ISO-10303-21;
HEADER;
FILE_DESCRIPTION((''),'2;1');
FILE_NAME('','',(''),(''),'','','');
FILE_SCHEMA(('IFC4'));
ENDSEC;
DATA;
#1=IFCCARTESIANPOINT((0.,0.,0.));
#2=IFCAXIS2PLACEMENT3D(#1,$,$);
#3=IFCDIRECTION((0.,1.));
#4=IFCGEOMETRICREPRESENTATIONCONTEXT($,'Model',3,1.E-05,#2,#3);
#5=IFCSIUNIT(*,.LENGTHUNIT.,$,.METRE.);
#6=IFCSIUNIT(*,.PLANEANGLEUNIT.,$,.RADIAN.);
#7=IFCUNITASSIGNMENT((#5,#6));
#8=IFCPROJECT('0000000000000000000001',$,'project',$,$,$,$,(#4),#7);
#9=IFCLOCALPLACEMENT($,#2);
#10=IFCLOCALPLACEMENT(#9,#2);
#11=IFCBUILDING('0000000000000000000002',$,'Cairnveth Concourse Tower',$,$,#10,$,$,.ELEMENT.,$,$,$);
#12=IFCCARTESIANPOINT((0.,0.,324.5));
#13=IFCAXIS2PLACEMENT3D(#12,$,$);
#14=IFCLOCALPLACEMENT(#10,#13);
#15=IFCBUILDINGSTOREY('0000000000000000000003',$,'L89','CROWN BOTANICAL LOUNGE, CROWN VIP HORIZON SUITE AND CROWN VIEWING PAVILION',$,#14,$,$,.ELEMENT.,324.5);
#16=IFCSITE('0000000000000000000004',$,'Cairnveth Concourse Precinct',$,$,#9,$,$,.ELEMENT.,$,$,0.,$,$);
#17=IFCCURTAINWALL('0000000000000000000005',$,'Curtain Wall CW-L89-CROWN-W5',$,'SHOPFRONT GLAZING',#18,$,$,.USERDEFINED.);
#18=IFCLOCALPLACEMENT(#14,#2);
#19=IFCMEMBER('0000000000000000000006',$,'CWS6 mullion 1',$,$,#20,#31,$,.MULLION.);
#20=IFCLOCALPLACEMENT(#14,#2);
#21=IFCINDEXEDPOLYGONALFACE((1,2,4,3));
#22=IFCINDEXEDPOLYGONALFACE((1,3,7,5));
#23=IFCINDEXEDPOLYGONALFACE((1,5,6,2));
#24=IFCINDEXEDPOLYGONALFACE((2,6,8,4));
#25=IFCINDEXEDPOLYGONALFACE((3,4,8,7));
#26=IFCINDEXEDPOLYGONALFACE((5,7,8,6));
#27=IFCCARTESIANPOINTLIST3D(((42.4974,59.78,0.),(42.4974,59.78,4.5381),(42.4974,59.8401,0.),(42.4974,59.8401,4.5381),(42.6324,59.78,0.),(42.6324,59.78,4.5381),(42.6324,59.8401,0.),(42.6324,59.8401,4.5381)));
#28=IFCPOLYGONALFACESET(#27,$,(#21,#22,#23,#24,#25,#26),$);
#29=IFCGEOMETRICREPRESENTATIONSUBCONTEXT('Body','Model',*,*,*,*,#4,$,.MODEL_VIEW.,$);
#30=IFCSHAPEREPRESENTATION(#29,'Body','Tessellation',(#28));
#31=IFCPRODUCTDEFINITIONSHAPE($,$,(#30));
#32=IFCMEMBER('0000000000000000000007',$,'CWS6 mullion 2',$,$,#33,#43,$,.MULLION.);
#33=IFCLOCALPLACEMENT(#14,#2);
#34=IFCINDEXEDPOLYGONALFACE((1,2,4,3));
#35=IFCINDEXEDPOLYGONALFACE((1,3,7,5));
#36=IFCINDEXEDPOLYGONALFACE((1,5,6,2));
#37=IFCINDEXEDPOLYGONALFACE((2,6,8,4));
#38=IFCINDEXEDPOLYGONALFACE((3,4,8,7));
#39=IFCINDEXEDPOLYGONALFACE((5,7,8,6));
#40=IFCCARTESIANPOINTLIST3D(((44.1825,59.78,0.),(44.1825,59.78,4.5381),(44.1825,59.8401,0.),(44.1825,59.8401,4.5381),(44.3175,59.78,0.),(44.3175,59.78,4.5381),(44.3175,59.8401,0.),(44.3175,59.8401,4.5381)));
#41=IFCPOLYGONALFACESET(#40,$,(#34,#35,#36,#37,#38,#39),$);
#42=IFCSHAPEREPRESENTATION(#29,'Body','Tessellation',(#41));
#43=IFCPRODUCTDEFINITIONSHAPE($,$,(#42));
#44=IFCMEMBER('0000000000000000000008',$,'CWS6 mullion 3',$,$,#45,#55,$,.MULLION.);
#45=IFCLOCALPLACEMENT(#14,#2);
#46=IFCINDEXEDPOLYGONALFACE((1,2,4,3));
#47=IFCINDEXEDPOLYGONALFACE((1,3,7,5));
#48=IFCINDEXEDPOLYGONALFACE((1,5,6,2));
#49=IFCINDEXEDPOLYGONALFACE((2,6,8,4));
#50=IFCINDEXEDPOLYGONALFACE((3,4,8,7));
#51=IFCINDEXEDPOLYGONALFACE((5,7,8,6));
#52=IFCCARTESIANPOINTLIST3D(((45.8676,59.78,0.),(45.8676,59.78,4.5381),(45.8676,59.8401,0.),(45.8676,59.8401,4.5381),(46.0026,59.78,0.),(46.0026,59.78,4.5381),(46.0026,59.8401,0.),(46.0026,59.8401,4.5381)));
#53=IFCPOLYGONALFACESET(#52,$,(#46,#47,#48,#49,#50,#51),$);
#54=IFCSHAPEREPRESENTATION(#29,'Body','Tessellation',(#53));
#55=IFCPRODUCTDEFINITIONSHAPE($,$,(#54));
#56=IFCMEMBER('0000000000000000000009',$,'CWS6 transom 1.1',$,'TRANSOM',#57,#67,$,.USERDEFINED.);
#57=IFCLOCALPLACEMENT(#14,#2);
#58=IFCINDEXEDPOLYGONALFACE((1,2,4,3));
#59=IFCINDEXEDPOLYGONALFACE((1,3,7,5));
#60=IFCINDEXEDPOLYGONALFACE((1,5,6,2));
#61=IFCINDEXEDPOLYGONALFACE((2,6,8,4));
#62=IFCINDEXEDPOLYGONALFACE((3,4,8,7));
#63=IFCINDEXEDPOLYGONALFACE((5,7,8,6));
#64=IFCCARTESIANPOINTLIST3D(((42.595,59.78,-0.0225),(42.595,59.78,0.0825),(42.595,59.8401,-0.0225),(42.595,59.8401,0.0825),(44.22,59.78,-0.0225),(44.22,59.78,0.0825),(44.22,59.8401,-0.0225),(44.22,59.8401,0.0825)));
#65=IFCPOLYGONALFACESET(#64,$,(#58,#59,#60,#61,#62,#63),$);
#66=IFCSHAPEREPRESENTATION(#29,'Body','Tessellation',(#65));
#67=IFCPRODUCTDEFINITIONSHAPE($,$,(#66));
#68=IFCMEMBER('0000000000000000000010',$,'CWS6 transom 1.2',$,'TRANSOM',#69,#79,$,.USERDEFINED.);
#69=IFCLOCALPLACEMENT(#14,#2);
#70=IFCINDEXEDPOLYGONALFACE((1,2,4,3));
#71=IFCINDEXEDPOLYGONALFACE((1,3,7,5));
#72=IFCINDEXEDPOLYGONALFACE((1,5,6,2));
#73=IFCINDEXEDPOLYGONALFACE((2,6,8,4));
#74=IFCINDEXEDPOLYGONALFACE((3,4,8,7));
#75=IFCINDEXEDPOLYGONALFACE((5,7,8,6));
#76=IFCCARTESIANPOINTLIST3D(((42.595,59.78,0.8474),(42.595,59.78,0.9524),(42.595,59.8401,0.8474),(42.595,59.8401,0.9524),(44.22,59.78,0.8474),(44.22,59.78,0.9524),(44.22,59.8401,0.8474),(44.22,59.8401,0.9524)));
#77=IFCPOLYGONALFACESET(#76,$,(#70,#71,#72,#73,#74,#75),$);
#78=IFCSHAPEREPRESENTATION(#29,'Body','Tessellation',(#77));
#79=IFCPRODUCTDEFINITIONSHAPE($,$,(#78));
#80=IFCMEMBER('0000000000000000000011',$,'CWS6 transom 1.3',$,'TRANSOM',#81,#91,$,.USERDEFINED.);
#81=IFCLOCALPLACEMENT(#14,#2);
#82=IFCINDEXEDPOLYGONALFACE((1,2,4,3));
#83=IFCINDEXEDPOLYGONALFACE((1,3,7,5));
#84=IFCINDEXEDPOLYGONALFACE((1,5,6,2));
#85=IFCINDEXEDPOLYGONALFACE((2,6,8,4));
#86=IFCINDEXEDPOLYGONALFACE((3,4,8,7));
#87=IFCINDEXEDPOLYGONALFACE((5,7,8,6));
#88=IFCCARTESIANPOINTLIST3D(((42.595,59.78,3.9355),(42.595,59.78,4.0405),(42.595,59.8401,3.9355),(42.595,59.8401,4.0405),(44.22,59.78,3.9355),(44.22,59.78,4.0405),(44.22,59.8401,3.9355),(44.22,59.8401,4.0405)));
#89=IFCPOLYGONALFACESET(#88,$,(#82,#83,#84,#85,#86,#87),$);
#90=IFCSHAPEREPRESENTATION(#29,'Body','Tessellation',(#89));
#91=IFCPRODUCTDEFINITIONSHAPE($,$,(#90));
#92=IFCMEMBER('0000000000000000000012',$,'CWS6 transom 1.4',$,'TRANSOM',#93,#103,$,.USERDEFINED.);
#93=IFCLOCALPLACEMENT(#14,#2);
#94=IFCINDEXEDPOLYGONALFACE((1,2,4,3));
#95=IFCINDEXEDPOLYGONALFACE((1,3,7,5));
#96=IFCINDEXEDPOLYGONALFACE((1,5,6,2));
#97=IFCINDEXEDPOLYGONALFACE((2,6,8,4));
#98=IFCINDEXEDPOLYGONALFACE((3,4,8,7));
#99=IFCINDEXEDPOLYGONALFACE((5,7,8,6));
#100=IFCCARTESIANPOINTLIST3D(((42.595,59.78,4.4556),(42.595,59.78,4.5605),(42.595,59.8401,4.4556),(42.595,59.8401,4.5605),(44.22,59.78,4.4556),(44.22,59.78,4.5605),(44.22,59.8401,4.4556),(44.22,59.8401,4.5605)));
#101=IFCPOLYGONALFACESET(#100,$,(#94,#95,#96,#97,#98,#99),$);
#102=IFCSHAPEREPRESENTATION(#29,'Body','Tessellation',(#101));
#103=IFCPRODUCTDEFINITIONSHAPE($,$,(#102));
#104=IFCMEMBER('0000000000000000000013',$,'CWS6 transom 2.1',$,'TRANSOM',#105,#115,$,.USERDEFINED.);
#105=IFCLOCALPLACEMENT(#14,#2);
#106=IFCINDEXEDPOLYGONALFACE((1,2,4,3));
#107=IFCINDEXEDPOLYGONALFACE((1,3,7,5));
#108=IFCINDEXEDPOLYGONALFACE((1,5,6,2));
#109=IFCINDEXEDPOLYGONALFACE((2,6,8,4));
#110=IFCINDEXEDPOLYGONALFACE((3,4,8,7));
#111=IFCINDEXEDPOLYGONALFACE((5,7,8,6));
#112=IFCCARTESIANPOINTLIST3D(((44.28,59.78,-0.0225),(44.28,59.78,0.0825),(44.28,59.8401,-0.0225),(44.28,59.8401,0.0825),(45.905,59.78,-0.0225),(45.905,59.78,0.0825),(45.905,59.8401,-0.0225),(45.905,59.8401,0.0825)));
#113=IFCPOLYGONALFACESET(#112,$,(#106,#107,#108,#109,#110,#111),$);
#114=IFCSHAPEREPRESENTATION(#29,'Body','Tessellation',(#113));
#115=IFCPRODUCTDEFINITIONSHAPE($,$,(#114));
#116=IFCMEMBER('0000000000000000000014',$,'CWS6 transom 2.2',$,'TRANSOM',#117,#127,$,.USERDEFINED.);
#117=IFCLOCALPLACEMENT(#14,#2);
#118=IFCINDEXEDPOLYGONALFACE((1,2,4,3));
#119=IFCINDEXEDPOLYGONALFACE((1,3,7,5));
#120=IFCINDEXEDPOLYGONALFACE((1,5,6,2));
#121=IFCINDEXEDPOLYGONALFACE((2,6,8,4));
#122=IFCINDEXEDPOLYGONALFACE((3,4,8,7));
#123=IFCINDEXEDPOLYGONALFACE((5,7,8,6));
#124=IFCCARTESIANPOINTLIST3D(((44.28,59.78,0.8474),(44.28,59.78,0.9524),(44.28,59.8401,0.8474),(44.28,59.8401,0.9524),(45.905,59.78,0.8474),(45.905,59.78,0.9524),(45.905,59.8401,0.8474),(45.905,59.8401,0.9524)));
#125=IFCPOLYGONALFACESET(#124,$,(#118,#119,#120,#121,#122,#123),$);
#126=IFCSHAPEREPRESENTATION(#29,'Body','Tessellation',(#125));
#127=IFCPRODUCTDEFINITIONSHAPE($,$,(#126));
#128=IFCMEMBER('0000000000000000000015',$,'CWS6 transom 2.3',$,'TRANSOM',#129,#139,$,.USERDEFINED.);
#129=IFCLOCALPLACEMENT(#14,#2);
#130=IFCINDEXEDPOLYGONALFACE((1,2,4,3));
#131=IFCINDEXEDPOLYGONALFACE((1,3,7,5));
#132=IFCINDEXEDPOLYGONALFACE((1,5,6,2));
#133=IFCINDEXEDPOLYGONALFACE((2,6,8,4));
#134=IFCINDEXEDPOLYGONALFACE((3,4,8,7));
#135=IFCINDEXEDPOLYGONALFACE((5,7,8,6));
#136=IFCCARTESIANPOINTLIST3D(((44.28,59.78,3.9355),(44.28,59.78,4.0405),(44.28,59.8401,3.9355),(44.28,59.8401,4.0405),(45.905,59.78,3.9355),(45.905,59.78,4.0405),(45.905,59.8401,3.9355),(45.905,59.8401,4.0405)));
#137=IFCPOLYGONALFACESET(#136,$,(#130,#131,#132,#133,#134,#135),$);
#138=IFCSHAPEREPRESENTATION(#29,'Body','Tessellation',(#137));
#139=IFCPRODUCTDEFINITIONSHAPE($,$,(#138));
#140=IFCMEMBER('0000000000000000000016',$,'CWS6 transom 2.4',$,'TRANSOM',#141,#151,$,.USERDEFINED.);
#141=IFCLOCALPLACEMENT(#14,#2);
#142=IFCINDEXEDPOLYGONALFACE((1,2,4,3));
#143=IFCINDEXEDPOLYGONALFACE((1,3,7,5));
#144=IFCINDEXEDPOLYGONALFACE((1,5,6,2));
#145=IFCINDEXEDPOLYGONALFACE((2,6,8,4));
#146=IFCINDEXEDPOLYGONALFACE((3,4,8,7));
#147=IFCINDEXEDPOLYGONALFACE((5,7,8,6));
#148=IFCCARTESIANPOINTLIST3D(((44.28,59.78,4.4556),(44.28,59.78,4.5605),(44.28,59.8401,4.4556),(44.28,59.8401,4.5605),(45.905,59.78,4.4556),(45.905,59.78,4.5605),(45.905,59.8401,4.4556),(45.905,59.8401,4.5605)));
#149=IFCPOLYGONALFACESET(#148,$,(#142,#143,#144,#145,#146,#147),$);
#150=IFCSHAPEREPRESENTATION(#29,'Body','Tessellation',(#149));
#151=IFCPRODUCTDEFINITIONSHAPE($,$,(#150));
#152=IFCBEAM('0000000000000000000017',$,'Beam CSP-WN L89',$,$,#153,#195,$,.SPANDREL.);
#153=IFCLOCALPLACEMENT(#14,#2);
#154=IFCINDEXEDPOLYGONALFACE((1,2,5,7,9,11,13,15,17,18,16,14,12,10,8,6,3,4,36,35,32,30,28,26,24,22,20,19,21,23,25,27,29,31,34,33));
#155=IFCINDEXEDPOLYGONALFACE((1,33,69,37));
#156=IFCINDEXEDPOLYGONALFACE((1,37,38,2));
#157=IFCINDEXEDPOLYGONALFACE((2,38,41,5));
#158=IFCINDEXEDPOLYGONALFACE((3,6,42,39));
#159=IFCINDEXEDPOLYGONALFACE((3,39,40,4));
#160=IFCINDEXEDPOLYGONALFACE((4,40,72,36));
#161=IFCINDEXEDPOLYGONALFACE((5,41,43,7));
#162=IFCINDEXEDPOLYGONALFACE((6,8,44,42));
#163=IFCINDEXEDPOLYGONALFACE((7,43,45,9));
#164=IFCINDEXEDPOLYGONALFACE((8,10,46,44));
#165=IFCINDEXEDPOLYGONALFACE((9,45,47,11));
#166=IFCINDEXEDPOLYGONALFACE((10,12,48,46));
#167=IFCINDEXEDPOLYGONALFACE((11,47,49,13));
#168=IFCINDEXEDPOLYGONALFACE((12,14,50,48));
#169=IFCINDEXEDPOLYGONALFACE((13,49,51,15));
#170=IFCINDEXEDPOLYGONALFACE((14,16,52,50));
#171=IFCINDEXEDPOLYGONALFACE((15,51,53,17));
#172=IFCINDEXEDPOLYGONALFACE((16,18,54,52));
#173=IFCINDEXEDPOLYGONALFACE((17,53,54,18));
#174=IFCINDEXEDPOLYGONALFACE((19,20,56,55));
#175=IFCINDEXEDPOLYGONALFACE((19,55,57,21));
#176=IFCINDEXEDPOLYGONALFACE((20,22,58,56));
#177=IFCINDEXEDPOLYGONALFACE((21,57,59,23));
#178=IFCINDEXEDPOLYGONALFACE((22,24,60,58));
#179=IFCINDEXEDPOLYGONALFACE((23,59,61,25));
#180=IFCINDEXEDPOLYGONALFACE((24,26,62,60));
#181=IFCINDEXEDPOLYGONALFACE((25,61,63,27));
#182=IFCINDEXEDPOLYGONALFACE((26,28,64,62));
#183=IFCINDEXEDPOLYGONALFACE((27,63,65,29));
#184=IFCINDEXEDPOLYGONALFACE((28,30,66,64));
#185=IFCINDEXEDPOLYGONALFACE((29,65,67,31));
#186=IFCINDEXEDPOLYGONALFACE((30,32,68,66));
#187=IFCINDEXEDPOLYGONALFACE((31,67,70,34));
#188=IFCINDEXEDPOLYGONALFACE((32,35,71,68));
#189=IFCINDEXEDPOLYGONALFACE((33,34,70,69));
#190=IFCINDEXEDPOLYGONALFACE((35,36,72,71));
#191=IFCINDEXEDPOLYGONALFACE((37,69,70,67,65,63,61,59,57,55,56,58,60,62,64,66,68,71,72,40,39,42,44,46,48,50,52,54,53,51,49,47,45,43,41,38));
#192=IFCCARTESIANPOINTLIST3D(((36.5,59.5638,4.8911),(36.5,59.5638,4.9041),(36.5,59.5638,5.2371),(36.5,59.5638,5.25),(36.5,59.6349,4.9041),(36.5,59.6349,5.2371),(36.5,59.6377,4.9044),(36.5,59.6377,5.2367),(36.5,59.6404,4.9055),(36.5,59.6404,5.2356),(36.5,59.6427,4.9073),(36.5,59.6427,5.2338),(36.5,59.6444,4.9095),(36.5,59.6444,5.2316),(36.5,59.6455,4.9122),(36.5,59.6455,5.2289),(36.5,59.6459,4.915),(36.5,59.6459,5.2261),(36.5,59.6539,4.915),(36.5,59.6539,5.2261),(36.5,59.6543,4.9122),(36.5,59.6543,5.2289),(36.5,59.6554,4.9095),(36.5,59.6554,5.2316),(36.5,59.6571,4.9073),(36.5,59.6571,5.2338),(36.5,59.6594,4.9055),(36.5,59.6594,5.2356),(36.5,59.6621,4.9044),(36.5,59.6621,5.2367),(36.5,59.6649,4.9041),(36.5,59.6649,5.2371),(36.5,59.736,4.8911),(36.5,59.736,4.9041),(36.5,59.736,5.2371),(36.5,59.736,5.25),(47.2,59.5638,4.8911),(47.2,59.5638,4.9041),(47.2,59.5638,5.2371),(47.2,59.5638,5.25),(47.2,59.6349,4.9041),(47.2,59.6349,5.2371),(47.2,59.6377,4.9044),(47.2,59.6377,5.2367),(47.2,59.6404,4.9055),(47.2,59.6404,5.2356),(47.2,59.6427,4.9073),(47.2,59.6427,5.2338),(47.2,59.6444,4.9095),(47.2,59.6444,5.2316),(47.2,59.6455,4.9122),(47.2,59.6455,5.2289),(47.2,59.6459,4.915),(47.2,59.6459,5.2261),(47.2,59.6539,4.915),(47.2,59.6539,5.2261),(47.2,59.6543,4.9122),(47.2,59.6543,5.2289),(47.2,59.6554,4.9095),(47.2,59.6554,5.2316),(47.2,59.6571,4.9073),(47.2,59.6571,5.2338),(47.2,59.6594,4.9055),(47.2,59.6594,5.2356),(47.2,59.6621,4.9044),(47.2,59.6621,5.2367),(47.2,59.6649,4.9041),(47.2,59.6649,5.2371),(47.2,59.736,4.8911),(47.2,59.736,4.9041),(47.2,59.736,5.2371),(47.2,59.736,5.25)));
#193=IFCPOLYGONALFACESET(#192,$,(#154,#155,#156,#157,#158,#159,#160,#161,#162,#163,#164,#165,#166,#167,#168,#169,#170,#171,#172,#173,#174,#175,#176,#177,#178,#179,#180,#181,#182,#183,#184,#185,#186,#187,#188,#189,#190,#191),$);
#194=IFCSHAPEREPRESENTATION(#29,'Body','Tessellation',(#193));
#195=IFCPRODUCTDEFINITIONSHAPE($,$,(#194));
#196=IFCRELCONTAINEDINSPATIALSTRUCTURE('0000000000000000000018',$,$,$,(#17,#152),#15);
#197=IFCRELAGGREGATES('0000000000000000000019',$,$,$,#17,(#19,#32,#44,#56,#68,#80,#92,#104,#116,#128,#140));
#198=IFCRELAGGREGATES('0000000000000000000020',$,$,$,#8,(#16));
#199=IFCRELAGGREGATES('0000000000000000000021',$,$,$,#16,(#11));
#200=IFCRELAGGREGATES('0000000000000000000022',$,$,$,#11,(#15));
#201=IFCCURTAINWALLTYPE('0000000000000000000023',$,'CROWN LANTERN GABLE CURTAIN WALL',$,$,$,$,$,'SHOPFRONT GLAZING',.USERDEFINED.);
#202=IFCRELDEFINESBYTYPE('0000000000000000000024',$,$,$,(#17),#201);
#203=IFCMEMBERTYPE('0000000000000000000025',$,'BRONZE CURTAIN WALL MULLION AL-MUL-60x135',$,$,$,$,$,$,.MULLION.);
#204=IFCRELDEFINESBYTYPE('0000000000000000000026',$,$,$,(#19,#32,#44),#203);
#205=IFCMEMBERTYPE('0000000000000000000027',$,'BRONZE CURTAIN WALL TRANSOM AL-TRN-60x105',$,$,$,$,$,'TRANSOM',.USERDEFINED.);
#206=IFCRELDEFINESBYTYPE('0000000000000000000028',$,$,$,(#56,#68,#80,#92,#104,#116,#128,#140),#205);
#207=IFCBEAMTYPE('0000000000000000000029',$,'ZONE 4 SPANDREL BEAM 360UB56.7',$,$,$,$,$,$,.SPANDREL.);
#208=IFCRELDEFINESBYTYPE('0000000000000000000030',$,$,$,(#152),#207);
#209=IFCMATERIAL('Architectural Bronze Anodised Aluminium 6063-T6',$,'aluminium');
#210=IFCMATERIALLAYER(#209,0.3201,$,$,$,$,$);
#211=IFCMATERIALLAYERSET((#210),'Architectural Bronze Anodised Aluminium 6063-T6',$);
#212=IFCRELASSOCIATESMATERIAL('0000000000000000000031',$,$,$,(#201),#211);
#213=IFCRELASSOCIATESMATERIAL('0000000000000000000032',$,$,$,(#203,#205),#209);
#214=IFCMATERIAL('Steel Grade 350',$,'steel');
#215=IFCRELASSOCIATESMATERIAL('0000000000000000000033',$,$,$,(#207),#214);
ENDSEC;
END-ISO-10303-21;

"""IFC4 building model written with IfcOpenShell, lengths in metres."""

from ifc_helpers import new_model, si_unit, direction, frame, origin, origin_2d, place, context, subcontext, project, spatial, rectangle, i_section, extrude, material, layer, layer_set, material_profile, profile_set, type_object, element, aggregate, save


model = new_model("IFC4")

# Units and contexts
model_context = context("Model", 3, precision=1e-05, world=origin(), true_north=direction((0.0, 1.0)))
body_context = subcontext(model_context, "Body", "Model", "MODEL_VIEW")
ifc_project = project(units=[si_unit("LENGTHUNIT", "METRE"), si_unit("PLANEANGLEUNIT", "RADIAN")], contexts=[model_context])

# Site, building, storey
site_placement = place(None, origin())
site = spatial("IfcSite", under=ifc_project, at=site_placement, Name="Cairnveth Concourse Precinct", CompositionType="ELEMENT", RefElevation=0.0)
building_placement = place(site_placement, origin())
building = spatial("IfcBuilding", under=site, at=building_placement, Name="Cairnveth Concourse Tower", CompositionType="ELEMENT")
storey_placement = place(building_placement, frame((0.0, 0.0, 324.5)))
storey = spatial("IfcBuildingStorey", under=building, at=storey_placement, Name="L89", Description="CROWN BOTANICAL LOUNGE, CROWN VIP HORIZON SUITE AND CROWN VIEWING PAVILION", CompositionType="ELEMENT", Elevation=324.5)

# Shared definitions
ifc_material_1 = material(Name="Steel Grade 350", Category="steel")

# Curtain wall, members
ifc_material_2 = material(Name="Architectural Bronze Anodised Aluminium 6063-T6", Category="aluminium")
ifc_layer_1 = layer(ifc_material_2, 0.3201)
ifc_layer_set_1 = layer_set([ifc_layer_1], Name="Architectural Bronze Anodised Aluminium 6063-T6")
curtain_wall_type = type_object("IfcCurtainWallType", Name="CROWN LANTERN GABLE CURTAIN WALL", ElementType="SHOPFRONT GLAZING", PredefinedType="USERDEFINED", material=ifc_layer_set_1)
curtain_wall_placement = place(storey_placement, origin())
curtain_wall = element("IfcCurtainWall", 1, at=curtain_wall_placement, inside=storey, type_object=curtain_wall_type, Name="Curtain Wall CW-L89-CROWN-W5", ObjectType="SHOPFRONT GLAZING", PredefinedType="USERDEFINED")
ifc_material_profile_1 = material_profile(ifc_material_2, rectangle(XDim=0.0601, YDim=0.135, at=origin_2d()), Name="AL-MUL-60x135")
ifc_profile_set_1 = profile_set([ifc_material_profile_1], Name="Architectural Bronze Anodised Aluminium 6063-T6")
member_type_1 = type_object("IfcMemberType", Name="BRONZE CURTAIN WALL MULLION AL-MUL-60x135", PredefinedType="MULLION", material=ifc_profile_set_1)
member_1_placement = place(storey_placement, frame((42.5649, 59.8101, 0.0), z_axis=(0.0, 0.0, 1.0), x_axis=(0.0, 1.0, 0.0)))
member_1 = element("IfcMember", 2, at=member_1_placement, type_object=member_type_1, Name="CWS6 mullion 1", PredefinedType="MULLION", context=body_context, shape_type="SweptSolid", body=[
    extrude(rectangle(XDim=0.0601, YDim=0.135, at=origin_2d()), origin(), (0.0, 0.0, 1.0), 4.5381),
])
member_2_placement = place(storey_placement, frame((44.25, 59.8101, 0.0), z_axis=(0.0, 0.0, 1.0), x_axis=(0.0, 1.0, 0.0)))
member_2 = element("IfcMember", 3, at=member_2_placement, type_object=member_type_1, Name="CWS6 mullion 2", PredefinedType="MULLION", context=body_context, shape_type="SweptSolid", body=[
    extrude(rectangle(XDim=0.0601, YDim=0.135, at=origin_2d()), origin(), (0.0, 0.0, 1.0), 4.5381),
])
member_3_placement = place(storey_placement, frame((45.9351, 59.8101, 0.0), z_axis=(0.0, 0.0, 1.0), x_axis=(0.0, 1.0, 0.0)))
member_3 = element("IfcMember", 4, at=member_3_placement, type_object=member_type_1, Name="CWS6 mullion 3", PredefinedType="MULLION", context=body_context, shape_type="SweptSolid", body=[
    extrude(rectangle(XDim=0.0601, YDim=0.135, at=origin_2d()), origin(), (0.0, 0.0, 1.0), 4.5381),
])
ifc_material_profile_2 = material_profile(ifc_material_2, rectangle(XDim=0.0601, YDim=0.105, at=origin_2d()), Name="AL-TRN-60x105")
ifc_profile_set_2 = profile_set([ifc_material_profile_2], Name="Architectural Bronze Anodised Aluminium 6063-T6")
member_type_2 = type_object("IfcMemberType", Name="BRONZE CURTAIN WALL TRANSOM AL-TRN-60x105", ElementType="TRANSOM", PredefinedType="USERDEFINED", material=ifc_profile_set_2)
member_4_placement = place(storey_placement, frame((42.595, 59.8101, 0.03), z_axis=(1.0, 0.0, 0.0), x_axis=(0.0, 1.0, 0.0)))
member_4 = element("IfcMember", 5, at=member_4_placement, type_object=member_type_2, Name="CWS6 transom 1.1", ObjectType="TRANSOM", PredefinedType="USERDEFINED", context=body_context, shape_type="SweptSolid", body=[
    extrude(rectangle(XDim=0.0601, YDim=0.105, at=origin_2d()), origin(), (0.0, 0.0, 1.0), 1.625),
])
member_5_placement = place(storey_placement, frame((42.595, 59.8101, 0.8999), z_axis=(1.0, 0.0, 0.0), x_axis=(0.0, 1.0, 0.0)))
member_5 = element("IfcMember", 6, at=member_5_placement, type_object=member_type_2, Name="CWS6 transom 1.2", ObjectType="TRANSOM", PredefinedType="USERDEFINED", context=body_context, shape_type="SweptSolid", body=[
    extrude(rectangle(XDim=0.0601, YDim=0.105, at=origin_2d()), origin(), (0.0, 0.0, 1.0), 1.625),
])
member_6_placement = place(storey_placement, frame((42.595, 59.8101, 3.988), z_axis=(1.0, 0.0, 0.0), x_axis=(0.0, 1.0, 0.0)))
member_6 = element("IfcMember", 7, at=member_6_placement, type_object=member_type_2, Name="CWS6 transom 1.3", ObjectType="TRANSOM", PredefinedType="USERDEFINED", context=body_context, shape_type="SweptSolid", body=[
    extrude(rectangle(XDim=0.0601, YDim=0.105, at=origin_2d()), origin(), (0.0, 0.0, 1.0), 1.625),
])
member_7_placement = place(storey_placement, frame((42.595, 59.8101, 4.5081), z_axis=(1.0, 0.0, 0.0), x_axis=(0.0, 1.0, 0.0)))
member_7 = element("IfcMember", 8, at=member_7_placement, type_object=member_type_2, Name="CWS6 transom 1.4", ObjectType="TRANSOM", PredefinedType="USERDEFINED", context=body_context, shape_type="SweptSolid", body=[
    extrude(rectangle(XDim=0.0601, YDim=0.105, at=origin_2d()), origin(), (0.0, 0.0, 1.0), 1.625),
])
member_8_placement = place(storey_placement, frame((44.28, 59.8101, 0.03), z_axis=(1.0, 0.0, 0.0), x_axis=(0.0, 1.0, 0.0)))
member_8 = element("IfcMember", 9, at=member_8_placement, type_object=member_type_2, Name="CWS6 transom 2.1", ObjectType="TRANSOM", PredefinedType="USERDEFINED", context=body_context, shape_type="SweptSolid", body=[
    extrude(rectangle(XDim=0.0601, YDim=0.105, at=origin_2d()), origin(), (0.0, 0.0, 1.0), 1.625),
])
member_9_placement = place(storey_placement, frame((44.28, 59.8101, 0.8999), z_axis=(1.0, 0.0, 0.0), x_axis=(0.0, 1.0, 0.0)))
member_9 = element("IfcMember", 10, at=member_9_placement, type_object=member_type_2, Name="CWS6 transom 2.2", ObjectType="TRANSOM", PredefinedType="USERDEFINED", context=body_context, shape_type="SweptSolid", body=[
    extrude(rectangle(XDim=0.0601, YDim=0.105, at=origin_2d()), origin(), (0.0, 0.0, 1.0), 1.625),
])
member_10_placement = place(storey_placement, frame((44.28, 59.8101, 3.988), z_axis=(1.0, 0.0, 0.0), x_axis=(0.0, 1.0, 0.0)))
member_10 = element("IfcMember", 11, at=member_10_placement, type_object=member_type_2, Name="CWS6 transom 2.3", ObjectType="TRANSOM", PredefinedType="USERDEFINED", context=body_context, shape_type="SweptSolid", body=[
    extrude(rectangle(XDim=0.0601, YDim=0.105, at=origin_2d()), origin(), (0.0, 0.0, 1.0), 1.625),
])
member_11_placement = place(storey_placement, frame((44.28, 59.8101, 4.5081), z_axis=(1.0, 0.0, 0.0), x_axis=(0.0, 1.0, 0.0)))
member_11 = element("IfcMember", 12, at=member_11_placement, type_object=member_type_2, Name="CWS6 transom 2.4", ObjectType="TRANSOM", PredefinedType="USERDEFINED", context=body_context, shape_type="SweptSolid", body=[
    extrude(rectangle(XDim=0.0601, YDim=0.105, at=origin_2d()), origin(), (0.0, 0.0, 1.0), 1.625),
])

# Beam
ifc_material_profile_3 = material_profile(ifc_material_1, i_section(OverallWidth=0.1721, OverallDepth=0.3589, WebThickness=0.0081, FlangeThickness=0.0129, FilletRadius=0.011, at=origin_2d()), Name="360UB56.7")
ifc_profile_set_3 = profile_set([ifc_material_profile_3], Name="Steel Grade 350")
beam_type = type_object("IfcBeamType", Name="ZONE 4 SPANDREL BEAM 360UB56.7", PredefinedType="SPANDREL", material=ifc_profile_set_3)
beam_placement = place(storey_placement, frame((36.5, 59.6499, 5.0706), z_axis=(1.0, 0.0, 0.0), x_axis=(0.0, 1.0, 0.0)))
element("IfcBeam", 13, at=beam_placement, inside=storey, type_object=beam_type, Name="Beam CSP-WN L89", PredefinedType="SPANDREL", context=body_context, shape_type="SweptSolid", body=[
    extrude(i_section(OverallWidth=0.1721, OverallDepth=0.3589, WebThickness=0.0081, FlangeThickness=0.0129, FilletRadius=0.011, at=origin_2d()), origin(), (0.0, 0.0, 1.0), 10.7),
])

aggregate(curtain_wall, [member_1, member_2, member_3, member_4, member_5, member_6, member_7, member_8, member_9, member_10, member_11])

save(model, "model.ifc")
